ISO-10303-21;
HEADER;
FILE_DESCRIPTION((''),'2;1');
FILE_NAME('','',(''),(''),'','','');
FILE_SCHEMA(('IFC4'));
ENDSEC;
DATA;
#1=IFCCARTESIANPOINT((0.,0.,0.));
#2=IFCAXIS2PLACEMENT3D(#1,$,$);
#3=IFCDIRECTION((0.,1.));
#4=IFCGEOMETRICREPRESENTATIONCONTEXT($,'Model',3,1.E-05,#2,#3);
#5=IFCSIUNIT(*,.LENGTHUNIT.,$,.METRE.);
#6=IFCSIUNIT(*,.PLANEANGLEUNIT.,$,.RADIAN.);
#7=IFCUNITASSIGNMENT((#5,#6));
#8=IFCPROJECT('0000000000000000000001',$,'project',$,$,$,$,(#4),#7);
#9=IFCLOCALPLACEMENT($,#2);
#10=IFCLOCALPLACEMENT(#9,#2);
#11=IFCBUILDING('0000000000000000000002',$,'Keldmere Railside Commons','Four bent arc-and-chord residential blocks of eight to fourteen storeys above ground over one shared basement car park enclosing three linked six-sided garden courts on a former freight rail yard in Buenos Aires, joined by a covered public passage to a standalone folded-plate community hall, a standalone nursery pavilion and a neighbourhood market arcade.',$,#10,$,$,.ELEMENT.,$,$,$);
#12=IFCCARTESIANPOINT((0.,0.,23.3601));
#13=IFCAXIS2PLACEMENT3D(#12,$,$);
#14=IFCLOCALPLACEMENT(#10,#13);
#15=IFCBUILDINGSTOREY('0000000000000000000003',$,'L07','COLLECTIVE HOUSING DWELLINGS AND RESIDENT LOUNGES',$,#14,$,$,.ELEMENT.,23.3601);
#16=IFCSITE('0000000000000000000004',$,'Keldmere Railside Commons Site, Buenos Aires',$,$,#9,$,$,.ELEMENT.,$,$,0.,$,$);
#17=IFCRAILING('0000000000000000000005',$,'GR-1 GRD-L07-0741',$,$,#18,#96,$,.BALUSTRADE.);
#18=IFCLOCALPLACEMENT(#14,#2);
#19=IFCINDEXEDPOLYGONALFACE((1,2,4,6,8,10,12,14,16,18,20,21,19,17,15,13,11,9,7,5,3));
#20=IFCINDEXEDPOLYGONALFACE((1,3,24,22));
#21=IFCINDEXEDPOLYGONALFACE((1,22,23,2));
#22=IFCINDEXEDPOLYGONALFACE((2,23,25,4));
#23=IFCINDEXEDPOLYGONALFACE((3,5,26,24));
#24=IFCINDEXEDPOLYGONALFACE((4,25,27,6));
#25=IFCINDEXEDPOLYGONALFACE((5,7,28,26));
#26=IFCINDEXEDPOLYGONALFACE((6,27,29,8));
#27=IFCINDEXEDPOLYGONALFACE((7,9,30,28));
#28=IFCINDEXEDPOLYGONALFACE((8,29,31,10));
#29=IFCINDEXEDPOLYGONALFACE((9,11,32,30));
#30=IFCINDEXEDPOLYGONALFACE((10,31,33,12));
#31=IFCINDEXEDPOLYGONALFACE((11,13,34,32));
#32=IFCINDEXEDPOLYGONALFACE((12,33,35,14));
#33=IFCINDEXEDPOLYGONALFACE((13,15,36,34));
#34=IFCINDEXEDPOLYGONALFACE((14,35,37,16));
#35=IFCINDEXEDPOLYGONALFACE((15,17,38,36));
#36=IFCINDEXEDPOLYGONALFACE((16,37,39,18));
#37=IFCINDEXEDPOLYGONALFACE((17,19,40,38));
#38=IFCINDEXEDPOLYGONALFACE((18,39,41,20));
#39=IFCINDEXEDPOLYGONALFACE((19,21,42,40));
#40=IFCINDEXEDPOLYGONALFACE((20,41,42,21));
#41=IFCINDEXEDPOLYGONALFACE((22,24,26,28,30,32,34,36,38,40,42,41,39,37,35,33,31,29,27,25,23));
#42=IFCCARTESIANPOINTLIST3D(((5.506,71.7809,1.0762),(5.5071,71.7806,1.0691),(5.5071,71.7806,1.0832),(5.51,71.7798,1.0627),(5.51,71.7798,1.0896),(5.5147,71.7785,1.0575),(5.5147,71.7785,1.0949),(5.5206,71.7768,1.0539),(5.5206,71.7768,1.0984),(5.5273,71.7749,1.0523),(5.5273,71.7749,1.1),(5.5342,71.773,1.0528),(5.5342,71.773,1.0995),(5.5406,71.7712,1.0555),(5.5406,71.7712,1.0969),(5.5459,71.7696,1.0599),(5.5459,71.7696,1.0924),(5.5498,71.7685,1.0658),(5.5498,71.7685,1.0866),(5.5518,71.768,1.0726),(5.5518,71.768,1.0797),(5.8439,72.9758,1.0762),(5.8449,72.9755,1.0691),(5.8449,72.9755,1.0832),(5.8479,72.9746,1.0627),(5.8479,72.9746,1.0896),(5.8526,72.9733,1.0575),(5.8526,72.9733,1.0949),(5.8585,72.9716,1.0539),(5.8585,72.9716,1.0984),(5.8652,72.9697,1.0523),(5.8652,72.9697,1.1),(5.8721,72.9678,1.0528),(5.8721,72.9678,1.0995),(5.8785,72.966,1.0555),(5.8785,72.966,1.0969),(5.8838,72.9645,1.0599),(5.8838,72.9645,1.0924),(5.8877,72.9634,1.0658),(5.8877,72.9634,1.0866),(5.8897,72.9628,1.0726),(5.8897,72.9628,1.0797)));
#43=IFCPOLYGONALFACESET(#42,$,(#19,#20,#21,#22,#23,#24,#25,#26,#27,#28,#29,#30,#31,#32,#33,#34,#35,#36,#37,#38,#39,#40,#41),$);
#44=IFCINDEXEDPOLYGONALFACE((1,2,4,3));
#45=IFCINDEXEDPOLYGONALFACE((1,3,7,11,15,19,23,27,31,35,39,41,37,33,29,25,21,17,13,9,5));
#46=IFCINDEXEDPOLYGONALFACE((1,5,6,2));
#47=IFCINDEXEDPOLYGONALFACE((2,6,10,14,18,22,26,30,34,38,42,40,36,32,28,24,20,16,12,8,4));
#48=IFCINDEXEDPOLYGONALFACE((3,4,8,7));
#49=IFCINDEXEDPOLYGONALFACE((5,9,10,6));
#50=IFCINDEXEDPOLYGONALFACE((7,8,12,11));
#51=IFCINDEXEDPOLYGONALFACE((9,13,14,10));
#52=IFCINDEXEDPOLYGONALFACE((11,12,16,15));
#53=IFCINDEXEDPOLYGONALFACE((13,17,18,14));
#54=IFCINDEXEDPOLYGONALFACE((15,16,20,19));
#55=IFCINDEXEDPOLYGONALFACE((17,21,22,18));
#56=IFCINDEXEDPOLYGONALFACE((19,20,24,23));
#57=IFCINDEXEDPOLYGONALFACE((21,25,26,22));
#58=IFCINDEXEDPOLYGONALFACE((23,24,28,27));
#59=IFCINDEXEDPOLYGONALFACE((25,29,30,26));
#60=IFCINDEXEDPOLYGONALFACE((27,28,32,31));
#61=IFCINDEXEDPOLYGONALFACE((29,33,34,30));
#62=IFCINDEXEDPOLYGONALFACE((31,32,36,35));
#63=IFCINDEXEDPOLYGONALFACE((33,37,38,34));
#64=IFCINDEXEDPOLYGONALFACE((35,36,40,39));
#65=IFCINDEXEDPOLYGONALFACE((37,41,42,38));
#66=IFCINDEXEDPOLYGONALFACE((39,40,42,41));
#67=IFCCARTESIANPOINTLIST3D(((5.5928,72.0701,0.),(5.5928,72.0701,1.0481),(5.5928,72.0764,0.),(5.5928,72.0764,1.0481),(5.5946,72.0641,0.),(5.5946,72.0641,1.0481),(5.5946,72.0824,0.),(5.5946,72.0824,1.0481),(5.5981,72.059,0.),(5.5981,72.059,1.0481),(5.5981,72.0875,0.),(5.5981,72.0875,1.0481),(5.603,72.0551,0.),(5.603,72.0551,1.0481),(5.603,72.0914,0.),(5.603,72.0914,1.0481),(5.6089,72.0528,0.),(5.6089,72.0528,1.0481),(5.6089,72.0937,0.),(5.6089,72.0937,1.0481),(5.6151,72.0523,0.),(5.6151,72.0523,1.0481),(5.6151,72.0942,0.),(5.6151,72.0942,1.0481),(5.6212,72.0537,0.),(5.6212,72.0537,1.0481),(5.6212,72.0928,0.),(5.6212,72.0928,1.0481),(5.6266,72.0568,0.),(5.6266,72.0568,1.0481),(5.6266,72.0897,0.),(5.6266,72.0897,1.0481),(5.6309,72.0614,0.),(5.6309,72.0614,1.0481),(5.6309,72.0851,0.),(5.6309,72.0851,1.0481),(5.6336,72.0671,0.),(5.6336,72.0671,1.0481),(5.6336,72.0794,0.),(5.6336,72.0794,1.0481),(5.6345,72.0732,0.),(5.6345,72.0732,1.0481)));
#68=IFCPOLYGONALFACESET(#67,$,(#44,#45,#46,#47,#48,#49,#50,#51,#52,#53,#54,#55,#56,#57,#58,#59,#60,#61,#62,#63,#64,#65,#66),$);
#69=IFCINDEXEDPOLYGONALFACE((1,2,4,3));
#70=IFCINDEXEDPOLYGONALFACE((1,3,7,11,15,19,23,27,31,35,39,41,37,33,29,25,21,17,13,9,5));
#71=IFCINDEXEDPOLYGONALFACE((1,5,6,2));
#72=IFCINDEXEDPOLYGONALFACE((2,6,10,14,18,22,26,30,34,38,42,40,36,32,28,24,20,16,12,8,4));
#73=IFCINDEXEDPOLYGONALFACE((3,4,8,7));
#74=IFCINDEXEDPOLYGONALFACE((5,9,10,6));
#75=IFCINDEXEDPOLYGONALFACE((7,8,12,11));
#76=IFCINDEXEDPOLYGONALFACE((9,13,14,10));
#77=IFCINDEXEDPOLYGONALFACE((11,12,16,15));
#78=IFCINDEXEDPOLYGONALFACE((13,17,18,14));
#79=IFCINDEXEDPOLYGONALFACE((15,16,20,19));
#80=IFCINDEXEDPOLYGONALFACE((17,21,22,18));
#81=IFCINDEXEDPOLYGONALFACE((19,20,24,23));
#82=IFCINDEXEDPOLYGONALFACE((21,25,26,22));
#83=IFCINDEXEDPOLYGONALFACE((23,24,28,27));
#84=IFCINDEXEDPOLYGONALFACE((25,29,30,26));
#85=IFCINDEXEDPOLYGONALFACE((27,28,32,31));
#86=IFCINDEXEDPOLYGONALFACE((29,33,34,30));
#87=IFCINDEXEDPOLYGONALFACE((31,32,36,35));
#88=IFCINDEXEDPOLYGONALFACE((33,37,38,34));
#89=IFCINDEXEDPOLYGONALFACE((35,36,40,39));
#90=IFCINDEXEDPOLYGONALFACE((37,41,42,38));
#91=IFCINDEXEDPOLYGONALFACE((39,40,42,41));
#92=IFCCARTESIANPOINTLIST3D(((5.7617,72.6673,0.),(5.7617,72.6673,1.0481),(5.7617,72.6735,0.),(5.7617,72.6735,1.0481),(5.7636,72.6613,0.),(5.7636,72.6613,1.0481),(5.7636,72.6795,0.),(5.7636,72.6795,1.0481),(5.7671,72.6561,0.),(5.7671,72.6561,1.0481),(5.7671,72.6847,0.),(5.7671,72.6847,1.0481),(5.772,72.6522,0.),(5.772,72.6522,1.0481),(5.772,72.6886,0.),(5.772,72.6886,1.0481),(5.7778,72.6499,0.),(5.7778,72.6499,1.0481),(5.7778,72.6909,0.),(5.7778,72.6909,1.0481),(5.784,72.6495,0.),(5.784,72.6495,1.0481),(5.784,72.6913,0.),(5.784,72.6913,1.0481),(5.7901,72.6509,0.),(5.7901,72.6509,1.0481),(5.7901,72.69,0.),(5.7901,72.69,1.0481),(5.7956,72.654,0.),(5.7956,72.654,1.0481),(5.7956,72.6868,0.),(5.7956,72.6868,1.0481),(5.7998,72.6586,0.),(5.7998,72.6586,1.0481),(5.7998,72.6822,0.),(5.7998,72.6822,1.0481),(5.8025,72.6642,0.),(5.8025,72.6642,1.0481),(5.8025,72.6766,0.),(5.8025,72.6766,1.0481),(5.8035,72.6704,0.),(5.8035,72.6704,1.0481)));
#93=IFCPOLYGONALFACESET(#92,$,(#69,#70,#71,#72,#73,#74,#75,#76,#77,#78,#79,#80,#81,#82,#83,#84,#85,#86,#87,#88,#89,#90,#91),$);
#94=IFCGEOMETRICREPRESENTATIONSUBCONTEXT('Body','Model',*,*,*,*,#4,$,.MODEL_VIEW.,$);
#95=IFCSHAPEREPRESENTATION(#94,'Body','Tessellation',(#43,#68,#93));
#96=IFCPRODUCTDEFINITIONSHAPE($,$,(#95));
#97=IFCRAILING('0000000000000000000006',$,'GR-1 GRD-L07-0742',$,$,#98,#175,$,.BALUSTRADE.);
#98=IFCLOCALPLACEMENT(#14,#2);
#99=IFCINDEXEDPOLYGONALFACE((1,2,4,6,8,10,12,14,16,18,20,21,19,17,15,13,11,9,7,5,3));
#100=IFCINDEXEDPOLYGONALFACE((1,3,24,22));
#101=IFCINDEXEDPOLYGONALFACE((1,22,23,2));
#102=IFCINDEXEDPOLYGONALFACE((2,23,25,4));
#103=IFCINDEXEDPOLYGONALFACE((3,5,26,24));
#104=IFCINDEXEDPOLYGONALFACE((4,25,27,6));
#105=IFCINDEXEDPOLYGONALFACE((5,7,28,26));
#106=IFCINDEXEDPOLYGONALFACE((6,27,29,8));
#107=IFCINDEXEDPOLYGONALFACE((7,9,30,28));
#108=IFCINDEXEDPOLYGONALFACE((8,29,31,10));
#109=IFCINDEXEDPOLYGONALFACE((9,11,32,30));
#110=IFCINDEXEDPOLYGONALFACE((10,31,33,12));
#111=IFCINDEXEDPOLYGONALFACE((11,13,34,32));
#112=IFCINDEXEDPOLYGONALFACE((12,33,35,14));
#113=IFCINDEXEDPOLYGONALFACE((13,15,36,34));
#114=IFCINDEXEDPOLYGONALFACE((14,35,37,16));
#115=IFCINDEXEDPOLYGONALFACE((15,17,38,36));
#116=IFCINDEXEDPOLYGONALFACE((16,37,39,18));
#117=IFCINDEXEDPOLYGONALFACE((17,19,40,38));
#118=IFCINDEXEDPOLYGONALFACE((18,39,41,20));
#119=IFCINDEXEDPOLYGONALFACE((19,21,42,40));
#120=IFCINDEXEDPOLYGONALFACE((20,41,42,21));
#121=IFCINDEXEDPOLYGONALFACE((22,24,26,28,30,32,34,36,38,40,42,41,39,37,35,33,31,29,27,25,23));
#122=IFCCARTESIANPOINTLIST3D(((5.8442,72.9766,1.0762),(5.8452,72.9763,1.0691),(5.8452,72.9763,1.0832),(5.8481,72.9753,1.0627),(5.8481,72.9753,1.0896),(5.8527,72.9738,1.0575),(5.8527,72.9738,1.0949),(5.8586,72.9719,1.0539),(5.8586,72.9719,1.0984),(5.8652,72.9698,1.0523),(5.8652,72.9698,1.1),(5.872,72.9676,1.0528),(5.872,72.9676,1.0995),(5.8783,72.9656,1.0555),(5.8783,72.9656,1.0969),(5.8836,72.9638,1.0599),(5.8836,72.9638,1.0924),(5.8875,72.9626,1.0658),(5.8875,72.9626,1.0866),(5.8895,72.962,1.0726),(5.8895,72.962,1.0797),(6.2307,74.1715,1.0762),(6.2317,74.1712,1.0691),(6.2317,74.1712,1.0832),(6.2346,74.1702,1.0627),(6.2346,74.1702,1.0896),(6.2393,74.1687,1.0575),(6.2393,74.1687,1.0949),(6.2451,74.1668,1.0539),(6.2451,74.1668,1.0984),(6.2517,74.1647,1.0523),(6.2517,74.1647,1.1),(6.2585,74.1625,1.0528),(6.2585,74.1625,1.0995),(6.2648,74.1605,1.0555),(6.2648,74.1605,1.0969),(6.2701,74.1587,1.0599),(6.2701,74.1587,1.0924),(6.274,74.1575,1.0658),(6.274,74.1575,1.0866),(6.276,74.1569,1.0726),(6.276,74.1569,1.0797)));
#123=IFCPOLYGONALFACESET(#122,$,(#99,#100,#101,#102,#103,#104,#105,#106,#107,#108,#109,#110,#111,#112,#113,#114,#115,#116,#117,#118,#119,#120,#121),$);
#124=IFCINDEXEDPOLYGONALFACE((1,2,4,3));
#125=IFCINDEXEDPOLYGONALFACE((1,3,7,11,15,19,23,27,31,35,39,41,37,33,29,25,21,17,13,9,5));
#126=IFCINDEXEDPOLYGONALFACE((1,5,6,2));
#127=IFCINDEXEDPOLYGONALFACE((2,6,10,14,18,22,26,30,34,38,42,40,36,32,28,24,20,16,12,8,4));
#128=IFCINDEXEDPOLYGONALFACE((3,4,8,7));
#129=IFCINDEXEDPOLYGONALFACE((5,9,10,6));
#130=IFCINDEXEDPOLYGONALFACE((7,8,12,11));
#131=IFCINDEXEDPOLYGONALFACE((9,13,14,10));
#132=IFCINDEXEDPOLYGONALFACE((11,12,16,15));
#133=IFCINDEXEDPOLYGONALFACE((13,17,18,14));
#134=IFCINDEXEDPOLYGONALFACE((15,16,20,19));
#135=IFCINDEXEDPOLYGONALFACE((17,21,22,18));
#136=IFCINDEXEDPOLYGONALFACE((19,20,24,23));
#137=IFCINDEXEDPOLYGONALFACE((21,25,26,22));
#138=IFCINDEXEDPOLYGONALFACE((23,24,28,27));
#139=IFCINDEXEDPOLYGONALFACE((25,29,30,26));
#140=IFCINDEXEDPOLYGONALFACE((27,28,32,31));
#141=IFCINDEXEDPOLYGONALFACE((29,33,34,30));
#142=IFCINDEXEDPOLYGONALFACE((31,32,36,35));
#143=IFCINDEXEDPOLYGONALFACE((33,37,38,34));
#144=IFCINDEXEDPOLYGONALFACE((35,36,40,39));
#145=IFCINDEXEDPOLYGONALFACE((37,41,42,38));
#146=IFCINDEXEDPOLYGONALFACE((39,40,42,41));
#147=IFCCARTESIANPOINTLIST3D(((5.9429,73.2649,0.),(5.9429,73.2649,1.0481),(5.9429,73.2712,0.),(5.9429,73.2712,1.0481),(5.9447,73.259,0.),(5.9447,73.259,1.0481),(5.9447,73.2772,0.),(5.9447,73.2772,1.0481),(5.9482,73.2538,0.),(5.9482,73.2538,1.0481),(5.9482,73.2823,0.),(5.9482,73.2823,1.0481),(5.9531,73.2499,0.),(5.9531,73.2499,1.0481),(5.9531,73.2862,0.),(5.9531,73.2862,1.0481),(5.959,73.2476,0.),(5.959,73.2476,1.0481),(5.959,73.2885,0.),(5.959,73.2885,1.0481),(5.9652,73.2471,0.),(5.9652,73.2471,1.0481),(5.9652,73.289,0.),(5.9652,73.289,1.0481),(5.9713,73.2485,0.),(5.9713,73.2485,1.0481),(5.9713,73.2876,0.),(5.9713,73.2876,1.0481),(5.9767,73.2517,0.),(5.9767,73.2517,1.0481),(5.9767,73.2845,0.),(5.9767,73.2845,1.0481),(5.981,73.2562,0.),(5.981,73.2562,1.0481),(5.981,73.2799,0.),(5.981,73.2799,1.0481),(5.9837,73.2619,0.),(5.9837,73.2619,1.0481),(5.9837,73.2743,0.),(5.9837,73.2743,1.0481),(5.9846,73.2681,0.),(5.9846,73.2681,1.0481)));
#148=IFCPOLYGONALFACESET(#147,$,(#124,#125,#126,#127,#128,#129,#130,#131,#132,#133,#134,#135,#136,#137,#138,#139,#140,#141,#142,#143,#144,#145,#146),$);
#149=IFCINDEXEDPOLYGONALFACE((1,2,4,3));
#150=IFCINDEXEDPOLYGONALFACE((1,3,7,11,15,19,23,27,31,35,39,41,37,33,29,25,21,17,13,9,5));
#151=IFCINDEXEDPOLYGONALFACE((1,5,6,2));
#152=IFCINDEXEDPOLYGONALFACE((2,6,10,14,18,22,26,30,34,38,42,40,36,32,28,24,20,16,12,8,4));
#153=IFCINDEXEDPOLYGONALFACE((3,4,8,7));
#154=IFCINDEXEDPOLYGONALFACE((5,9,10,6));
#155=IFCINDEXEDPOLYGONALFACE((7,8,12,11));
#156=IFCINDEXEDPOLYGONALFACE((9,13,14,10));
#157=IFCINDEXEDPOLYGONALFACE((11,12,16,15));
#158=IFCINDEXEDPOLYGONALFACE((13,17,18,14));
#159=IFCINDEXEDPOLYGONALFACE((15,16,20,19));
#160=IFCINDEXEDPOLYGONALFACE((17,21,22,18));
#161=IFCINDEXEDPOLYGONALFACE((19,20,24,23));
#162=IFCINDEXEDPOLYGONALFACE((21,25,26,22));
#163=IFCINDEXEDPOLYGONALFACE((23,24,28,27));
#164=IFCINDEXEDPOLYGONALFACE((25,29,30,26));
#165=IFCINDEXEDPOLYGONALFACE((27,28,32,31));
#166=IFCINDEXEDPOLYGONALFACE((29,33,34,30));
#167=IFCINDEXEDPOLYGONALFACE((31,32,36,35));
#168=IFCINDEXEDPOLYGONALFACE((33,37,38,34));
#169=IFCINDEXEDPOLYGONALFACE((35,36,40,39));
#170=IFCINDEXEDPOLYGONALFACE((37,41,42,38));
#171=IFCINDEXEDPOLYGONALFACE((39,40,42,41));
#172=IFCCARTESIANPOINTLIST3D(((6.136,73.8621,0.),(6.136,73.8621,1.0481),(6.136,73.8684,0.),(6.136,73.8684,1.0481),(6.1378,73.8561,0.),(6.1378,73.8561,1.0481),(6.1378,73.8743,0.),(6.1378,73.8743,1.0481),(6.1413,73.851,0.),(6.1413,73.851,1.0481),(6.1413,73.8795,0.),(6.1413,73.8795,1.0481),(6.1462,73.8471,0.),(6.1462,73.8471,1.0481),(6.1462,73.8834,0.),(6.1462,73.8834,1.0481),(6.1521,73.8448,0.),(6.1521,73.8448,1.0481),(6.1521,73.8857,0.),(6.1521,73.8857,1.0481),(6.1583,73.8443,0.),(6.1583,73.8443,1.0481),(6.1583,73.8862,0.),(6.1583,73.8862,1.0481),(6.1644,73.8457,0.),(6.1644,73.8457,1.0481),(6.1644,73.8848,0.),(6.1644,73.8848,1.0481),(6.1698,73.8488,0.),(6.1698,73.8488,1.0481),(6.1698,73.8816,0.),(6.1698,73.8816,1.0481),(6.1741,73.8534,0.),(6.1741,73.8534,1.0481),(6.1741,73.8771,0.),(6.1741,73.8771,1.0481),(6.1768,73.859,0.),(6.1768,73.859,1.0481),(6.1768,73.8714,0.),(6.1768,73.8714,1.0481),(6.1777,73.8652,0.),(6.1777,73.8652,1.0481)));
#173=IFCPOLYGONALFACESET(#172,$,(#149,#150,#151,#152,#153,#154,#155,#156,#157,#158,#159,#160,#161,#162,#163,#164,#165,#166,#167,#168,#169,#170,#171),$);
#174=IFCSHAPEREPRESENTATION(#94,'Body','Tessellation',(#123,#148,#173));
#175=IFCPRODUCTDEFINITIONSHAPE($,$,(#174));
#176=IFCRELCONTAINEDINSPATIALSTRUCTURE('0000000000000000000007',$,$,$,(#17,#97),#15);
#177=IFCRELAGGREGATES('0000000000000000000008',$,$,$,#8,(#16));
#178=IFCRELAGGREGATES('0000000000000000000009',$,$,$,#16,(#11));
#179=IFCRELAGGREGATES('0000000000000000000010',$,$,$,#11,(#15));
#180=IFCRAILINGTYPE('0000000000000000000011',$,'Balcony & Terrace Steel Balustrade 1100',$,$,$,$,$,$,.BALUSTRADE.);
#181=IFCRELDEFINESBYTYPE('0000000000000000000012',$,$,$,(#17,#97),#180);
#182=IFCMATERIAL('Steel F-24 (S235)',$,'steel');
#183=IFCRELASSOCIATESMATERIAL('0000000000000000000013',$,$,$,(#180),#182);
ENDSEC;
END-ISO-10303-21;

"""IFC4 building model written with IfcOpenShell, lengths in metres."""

from ifc_helpers import new_model, si_unit, direction, frame, origin, origin_2d, place, context, subcontext, project, spatial, circle, extrude, material, type_object, element, save


model = new_model("IFC4")

# Units and contexts
model_context = context("Model", 3, precision=1e-05, world=origin(), true_north=direction((0.0, 1.0)))
body_context = subcontext(model_context, "Body", "Model", "MODEL_VIEW")
ifc_project = project(units=[si_unit("LENGTHUNIT", "METRE"), si_unit("PLANEANGLEUNIT", "RADIAN")], contexts=[model_context])

# Site, building, storey
site_placement = place(None, origin())
site = spatial("IfcSite", under=ifc_project, at=site_placement, Name="Keldmere Railside Commons Site, Buenos Aires", CompositionType="ELEMENT", RefElevation=0.0)
building_placement = place(site_placement, origin())
building = spatial("IfcBuilding", under=site, at=building_placement, Name="Keldmere Railside Commons", Description="Four bent arc-and-chord residential blocks of eight to fourteen storeys above ground over one shared basement car park enclosing three linked six-sided garden courts on a former freight rail yard in Buenos Aires, joined by a covered public passage to a standalone folded-plate community hall, a standalone nursery pavilion and a neighbourhood market arcade.", CompositionType="ELEMENT")
storey_placement = place(building_placement, frame((0.0, 0.0, 23.3601)))
storey = spatial("IfcBuildingStorey", under=building, at=storey_placement, Name="L07", Description="COLLECTIVE HOUSING DWELLINGS AND RESIDENT LOUNGES", CompositionType="ELEMENT", Elevation=23.3601)

# Shared definitions
ifc_material_1 = material(Name="Steel F-24 (S235)", Category="steel")

# Railings
railing_type_1 = type_object("IfcRailingType", Name="Balcony & Terrace Steel Balustrade 1100", PredefinedType="BALUSTRADE", material=ifc_material_1)
railing_1_placement = place(storey_placement, frame((5.5291, 71.7744, 0.0)))
element("IfcRailing", 1, at=railing_1_placement, inside=storey, type_object=railing_type_1, Name="GR-1 GRD-L07-0741", PredefinedType="BALUSTRADE", context=body_context, shape_type="SweptSolid", body=[
    extrude(circle(Radius=0.0239, at=origin_2d()), frame((0.0, 0.0, 1.0762), z_axis=(0.272123, 0.962262, 0.0), x_axis=(-0.962262, 0.272123, 0.0)), (0.0, 0.0, 1.0), 1.2417),
    extrude(circle(Radius=0.021, at=origin_2d()), frame((0.0845, 0.2988, 0.0)), (0.0, 0.0, 1.0), 1.0481),
    extrude(circle(Radius=0.021, at=origin_2d()), frame((0.2534, 0.896, 0.0)), (0.0, 0.0, 1.0), 1.0481),
])
railing_2_placement = place(storey_placement, frame((5.8669, 72.9692, 0.0)))
element("IfcRailing", 2, at=railing_2_placement, inside=storey, type_object=railing_type_1, Name="GR-1 GRD-L07-0742", PredefinedType="BALUSTRADE", context=body_context, shape_type="SweptSolid", body=[
    extrude(circle(Radius=0.0239, at=origin_2d()), frame((0.0, 0.0, 1.0762), z_axis=(0.307758, 0.951465, 0.0), x_axis=(-0.951465, 0.307758, 0.0)), (0.0, 0.0, 1.0), 1.2559),
    extrude(circle(Radius=0.021, at=origin_2d()), frame((0.0967, 0.2988, 0.0)), (0.0, 0.0, 1.0), 1.0481),
    extrude(circle(Radius=0.021, at=origin_2d()), frame((0.2898, 0.896, 0.0)), (0.0, 0.0, 1.0), 1.0481),
])

save(model, "model.ifc")
